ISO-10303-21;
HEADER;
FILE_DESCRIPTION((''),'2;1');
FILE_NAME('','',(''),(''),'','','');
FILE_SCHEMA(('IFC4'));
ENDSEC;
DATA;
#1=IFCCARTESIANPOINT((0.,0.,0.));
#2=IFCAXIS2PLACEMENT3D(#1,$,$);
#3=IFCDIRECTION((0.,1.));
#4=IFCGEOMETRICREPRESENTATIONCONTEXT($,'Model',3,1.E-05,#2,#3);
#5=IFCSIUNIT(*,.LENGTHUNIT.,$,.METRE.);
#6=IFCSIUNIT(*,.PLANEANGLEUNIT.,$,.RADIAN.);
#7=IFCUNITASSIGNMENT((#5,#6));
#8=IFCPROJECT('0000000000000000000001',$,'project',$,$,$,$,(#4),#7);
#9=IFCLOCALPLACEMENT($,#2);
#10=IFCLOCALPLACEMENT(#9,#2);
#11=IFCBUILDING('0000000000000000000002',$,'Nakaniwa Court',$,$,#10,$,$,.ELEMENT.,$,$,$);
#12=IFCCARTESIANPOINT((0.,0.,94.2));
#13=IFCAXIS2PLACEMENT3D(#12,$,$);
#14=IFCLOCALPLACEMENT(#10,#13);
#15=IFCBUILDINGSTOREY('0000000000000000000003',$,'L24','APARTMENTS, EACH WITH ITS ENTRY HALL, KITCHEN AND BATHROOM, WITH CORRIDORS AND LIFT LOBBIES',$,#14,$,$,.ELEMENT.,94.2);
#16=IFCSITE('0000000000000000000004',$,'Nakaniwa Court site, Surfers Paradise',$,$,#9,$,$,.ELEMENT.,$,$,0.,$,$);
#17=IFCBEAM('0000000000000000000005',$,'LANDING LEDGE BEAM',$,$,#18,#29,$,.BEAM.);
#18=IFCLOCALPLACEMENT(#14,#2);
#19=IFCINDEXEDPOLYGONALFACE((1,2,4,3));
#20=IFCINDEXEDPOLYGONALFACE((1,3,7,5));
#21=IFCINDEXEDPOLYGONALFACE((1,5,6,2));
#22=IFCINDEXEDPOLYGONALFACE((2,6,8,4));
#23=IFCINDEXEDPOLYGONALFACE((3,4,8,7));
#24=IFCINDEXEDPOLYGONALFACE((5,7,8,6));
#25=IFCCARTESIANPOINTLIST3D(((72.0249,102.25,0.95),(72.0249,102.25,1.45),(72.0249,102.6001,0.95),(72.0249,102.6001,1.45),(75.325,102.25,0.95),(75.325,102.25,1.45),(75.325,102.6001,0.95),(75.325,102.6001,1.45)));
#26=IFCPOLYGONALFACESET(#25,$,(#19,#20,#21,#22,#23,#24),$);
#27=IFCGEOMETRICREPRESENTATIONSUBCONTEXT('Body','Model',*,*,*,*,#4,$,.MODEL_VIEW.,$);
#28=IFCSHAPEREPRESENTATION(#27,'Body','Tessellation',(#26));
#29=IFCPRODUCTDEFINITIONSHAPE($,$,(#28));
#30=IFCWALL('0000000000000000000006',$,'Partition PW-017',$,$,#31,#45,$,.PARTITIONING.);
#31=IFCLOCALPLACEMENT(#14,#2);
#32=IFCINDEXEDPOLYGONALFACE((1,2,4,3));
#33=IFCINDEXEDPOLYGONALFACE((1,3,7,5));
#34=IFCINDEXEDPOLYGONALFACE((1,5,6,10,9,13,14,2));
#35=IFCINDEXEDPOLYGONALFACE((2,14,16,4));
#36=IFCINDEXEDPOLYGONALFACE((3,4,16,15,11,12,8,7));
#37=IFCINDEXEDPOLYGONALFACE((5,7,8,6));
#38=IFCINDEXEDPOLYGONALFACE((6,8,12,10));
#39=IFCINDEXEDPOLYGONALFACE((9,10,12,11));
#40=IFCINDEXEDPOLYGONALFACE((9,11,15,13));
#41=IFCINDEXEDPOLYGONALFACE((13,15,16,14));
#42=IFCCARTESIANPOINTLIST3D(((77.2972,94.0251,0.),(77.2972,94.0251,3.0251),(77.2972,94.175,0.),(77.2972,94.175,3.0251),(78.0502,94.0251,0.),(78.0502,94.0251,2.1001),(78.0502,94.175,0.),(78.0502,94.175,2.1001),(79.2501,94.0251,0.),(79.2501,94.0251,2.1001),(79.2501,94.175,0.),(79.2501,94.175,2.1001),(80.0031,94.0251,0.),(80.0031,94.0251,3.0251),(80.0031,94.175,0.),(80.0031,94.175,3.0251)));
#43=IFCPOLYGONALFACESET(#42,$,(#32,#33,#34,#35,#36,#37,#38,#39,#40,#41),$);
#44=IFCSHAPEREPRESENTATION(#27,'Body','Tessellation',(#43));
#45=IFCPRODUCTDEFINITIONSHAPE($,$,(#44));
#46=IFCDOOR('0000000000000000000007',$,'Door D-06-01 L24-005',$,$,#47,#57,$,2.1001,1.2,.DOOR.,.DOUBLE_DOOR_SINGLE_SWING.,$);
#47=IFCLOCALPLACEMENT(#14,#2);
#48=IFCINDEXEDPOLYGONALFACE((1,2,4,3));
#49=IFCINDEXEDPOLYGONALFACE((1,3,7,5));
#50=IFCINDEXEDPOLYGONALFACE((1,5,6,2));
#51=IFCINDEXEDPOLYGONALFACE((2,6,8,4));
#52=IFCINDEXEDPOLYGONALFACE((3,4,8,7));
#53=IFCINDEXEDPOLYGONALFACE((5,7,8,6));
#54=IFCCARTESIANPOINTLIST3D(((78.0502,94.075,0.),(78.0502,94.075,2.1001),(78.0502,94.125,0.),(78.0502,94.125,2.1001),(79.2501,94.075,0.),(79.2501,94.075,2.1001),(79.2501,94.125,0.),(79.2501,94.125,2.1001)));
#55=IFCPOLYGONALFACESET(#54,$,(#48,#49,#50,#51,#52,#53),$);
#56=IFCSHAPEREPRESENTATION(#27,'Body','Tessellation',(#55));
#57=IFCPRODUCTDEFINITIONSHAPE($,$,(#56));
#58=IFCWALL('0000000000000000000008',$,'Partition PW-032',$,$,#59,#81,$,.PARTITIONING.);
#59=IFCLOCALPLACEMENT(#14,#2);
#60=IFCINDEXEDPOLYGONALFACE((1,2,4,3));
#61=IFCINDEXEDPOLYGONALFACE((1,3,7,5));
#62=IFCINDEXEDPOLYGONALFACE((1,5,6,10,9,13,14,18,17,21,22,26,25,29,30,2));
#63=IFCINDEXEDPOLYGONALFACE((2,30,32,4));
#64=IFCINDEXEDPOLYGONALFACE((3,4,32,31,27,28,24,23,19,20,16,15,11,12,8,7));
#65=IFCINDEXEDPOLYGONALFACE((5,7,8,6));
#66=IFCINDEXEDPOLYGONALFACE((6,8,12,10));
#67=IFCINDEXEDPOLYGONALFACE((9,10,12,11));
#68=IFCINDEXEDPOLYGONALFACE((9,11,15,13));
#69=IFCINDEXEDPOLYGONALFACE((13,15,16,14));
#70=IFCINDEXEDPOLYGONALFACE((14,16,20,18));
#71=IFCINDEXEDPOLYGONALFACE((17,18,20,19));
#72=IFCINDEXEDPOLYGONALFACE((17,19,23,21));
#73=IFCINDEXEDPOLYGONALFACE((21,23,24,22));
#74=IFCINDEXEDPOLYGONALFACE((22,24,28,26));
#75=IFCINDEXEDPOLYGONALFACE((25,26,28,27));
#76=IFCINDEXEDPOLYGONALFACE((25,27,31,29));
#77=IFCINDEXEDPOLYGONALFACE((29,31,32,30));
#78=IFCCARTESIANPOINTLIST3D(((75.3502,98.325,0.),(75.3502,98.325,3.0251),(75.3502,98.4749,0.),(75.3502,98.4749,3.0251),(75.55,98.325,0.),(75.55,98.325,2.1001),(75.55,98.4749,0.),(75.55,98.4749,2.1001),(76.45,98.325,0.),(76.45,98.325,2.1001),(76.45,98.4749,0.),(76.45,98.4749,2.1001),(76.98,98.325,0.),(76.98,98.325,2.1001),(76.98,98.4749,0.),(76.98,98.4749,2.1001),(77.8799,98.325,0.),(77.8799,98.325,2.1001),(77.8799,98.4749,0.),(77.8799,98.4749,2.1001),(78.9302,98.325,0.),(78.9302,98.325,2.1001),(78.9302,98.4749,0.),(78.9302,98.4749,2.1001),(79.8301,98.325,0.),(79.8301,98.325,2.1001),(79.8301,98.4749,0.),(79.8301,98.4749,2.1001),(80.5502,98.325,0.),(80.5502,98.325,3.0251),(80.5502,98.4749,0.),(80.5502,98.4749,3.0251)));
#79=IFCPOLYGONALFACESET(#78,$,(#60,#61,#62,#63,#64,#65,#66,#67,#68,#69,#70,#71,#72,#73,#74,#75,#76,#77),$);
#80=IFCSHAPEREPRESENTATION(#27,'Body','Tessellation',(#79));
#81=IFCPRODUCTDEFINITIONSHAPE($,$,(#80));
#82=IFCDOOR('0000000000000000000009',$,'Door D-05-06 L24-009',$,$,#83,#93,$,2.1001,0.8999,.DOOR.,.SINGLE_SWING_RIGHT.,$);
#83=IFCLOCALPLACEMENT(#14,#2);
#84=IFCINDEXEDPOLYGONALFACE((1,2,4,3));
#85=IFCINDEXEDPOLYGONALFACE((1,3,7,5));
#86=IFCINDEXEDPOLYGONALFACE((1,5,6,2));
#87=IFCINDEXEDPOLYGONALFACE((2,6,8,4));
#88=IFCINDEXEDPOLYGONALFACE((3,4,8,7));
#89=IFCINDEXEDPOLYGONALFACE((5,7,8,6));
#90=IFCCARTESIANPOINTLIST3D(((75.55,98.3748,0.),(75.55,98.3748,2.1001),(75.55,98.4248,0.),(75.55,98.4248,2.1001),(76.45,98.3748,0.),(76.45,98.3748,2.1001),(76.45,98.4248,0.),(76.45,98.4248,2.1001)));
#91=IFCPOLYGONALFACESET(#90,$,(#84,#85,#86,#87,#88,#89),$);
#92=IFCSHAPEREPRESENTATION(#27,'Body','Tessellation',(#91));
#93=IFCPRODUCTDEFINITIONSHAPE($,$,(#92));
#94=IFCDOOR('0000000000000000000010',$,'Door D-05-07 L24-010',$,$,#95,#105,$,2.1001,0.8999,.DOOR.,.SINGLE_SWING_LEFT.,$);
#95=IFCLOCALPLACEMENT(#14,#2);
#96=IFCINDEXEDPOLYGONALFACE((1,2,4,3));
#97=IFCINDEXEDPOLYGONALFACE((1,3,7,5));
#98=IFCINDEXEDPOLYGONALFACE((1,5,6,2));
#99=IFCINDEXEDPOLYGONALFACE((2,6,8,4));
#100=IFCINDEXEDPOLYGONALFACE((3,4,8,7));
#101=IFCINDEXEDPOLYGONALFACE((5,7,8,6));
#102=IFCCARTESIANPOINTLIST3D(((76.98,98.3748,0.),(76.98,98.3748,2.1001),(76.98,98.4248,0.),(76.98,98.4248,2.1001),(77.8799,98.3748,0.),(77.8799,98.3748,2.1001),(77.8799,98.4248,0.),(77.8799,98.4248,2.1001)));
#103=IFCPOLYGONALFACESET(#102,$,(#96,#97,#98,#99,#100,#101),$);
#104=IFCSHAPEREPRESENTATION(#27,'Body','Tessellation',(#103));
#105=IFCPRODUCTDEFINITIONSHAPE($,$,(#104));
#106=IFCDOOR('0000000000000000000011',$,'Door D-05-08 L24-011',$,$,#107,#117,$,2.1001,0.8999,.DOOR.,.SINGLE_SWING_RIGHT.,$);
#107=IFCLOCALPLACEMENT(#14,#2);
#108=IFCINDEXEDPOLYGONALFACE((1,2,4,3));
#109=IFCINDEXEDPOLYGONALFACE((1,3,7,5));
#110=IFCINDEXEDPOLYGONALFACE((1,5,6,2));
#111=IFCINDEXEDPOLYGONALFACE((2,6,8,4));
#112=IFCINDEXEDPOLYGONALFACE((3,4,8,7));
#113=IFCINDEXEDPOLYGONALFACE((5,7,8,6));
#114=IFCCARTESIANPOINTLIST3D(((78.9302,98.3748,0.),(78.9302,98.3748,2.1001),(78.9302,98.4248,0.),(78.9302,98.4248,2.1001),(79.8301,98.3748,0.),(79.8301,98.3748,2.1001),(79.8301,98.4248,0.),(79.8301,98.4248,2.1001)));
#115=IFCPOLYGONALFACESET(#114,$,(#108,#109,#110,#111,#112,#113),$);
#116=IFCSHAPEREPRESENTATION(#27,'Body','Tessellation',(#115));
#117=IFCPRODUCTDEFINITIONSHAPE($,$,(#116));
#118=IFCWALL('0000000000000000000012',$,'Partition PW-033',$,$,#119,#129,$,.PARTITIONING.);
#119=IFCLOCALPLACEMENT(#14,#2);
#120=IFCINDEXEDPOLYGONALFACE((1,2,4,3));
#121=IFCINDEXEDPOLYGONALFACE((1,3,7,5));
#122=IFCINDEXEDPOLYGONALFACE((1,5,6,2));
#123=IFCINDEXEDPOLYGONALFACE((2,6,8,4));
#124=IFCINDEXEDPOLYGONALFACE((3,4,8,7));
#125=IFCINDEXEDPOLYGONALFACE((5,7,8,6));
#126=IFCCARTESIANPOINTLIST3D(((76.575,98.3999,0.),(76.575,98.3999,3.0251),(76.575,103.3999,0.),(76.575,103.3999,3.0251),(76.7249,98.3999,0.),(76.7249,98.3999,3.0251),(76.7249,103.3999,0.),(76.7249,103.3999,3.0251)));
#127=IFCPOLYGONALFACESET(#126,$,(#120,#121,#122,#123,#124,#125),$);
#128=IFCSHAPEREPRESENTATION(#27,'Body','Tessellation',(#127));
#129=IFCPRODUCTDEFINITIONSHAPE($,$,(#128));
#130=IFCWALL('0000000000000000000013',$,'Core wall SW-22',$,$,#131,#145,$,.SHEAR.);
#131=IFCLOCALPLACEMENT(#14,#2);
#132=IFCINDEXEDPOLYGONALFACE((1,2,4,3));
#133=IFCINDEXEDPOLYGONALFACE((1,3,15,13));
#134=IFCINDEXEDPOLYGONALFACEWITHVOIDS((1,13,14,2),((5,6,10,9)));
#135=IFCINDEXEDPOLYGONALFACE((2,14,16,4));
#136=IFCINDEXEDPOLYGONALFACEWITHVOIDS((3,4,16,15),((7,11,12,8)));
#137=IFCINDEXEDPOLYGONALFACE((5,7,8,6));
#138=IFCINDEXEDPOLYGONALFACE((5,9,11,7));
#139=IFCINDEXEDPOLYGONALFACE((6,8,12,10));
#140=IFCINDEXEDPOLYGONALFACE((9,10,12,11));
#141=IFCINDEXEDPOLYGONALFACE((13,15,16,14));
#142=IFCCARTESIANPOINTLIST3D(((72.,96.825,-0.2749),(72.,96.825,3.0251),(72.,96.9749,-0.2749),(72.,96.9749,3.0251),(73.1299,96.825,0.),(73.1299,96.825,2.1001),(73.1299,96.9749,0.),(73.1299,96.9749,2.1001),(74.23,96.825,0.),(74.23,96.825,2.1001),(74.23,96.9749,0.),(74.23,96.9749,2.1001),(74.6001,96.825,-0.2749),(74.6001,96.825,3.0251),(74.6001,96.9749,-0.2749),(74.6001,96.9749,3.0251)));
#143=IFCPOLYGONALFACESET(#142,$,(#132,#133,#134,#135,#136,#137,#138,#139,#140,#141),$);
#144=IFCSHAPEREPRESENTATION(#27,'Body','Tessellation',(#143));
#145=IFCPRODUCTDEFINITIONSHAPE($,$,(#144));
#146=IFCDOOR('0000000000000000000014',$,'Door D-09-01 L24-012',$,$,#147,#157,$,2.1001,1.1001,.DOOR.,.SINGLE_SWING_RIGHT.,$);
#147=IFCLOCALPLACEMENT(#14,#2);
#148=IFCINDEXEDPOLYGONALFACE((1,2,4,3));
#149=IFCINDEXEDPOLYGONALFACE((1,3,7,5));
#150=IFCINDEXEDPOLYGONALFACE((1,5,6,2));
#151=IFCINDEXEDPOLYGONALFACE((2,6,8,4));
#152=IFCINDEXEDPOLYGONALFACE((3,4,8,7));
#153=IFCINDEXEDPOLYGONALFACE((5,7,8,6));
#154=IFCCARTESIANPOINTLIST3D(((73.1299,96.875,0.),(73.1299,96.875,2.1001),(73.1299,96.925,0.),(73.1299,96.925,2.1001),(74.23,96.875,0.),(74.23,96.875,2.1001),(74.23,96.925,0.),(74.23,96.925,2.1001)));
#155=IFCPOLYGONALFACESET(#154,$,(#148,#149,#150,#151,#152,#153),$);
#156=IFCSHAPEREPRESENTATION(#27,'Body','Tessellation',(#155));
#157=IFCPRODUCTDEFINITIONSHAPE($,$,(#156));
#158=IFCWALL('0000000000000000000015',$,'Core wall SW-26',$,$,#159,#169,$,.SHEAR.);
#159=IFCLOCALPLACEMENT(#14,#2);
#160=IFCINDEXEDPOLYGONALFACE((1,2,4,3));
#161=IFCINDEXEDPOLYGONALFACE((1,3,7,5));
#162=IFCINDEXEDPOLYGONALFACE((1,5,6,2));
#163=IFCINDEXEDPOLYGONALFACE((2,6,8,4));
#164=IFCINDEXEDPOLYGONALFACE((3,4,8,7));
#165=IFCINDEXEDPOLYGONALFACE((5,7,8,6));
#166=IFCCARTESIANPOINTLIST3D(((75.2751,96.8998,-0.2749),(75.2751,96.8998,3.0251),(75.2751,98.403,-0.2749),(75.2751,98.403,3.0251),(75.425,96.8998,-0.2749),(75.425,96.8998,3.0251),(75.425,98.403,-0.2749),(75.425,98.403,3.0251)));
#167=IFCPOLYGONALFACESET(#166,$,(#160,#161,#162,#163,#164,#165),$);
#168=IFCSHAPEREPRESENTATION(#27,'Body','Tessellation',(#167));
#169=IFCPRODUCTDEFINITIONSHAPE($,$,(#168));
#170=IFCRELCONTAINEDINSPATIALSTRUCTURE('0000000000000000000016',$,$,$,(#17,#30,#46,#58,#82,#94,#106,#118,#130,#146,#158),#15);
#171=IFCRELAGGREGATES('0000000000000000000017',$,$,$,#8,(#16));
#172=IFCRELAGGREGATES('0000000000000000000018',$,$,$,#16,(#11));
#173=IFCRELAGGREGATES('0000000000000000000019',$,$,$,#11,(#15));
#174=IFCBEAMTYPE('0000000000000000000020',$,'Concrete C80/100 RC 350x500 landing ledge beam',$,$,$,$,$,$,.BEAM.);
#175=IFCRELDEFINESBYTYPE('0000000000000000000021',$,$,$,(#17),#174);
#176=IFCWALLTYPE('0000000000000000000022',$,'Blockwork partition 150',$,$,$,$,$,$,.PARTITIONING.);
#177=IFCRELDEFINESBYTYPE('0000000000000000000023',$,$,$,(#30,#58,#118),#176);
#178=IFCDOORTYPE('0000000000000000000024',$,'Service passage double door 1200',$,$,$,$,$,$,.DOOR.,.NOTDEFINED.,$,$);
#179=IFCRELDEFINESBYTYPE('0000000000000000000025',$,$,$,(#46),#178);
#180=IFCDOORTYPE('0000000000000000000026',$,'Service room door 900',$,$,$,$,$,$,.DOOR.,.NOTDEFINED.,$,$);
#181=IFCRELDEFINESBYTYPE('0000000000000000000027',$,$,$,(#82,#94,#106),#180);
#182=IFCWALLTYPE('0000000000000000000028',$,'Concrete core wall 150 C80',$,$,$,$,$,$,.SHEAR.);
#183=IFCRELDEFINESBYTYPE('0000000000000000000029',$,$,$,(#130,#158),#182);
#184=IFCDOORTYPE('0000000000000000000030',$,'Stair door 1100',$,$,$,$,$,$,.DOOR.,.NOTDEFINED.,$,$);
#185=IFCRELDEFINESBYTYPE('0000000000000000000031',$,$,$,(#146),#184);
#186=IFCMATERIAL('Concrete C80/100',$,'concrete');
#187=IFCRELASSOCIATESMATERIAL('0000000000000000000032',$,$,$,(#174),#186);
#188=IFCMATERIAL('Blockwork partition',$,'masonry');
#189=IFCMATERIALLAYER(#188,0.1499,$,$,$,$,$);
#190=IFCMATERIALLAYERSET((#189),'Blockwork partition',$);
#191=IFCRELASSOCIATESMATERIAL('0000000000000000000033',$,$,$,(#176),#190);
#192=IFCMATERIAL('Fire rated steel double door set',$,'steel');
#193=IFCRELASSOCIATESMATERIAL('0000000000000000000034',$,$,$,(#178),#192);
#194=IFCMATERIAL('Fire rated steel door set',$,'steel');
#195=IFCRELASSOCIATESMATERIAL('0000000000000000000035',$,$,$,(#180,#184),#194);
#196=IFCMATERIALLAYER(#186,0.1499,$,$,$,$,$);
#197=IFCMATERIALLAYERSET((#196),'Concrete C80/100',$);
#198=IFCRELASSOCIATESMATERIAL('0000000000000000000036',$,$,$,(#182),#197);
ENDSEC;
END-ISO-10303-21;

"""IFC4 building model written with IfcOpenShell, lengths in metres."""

from ifc_helpers import new_model, si_unit, direction, frame, frame_2d, origin, origin_2d, place, context, subcontext, project, spatial, rectangle, extrude, material, layer, layer_set, material_profile, profile_set, type_object, element, fill, save


model = new_model("IFC4")

# Units and contexts
model_context = context("Model", 3, precision=1e-05, world=origin(), true_north=direction((0.0, 1.0)))
body_context = subcontext(model_context, "Body", "Model", "MODEL_VIEW")
ifc_project = project(units=[si_unit("LENGTHUNIT", "METRE"), si_unit("PLANEANGLEUNIT", "RADIAN")], contexts=[model_context])

# Site, building, storey
site_placement = place(None, origin())
site = spatial("IfcSite", under=ifc_project, at=site_placement, Name="Nakaniwa Court site, Surfers Paradise", CompositionType="ELEMENT", RefElevation=0.0)
building_placement = place(site_placement, origin())
building = spatial("IfcBuilding", under=site, at=building_placement, Name="Nakaniwa Court", CompositionType="ELEMENT")
storey_placement = place(building_placement, frame((0.0, 0.0, 94.2)))
storey = spatial("IfcBuildingStorey", under=building, at=storey_placement, Name="L24", Description="APARTMENTS, EACH WITH ITS ENTRY HALL, KITCHEN AND BATHROOM, WITH CORRIDORS AND LIFT LOBBIES", CompositionType="ELEMENT", Elevation=94.2)

# Beam
ifc_material_1 = material(Name="Concrete C80/100", Category="concrete")
ifc_material_profile = material_profile(ifc_material_1, rectangle(XDim=0.3501, YDim=0.5, at=origin_2d()), Name="Concrete C80/100 RC 350x500 landing ledge beam")
ifc_profile_set = profile_set([ifc_material_profile], Name="Concrete C80/100")
beam_type = type_object("IfcBeamType", Name="Concrete C80/100 RC 350x500 landing ledge beam", PredefinedType="BEAM", material=ifc_profile_set)
beam_placement = place(storey_placement, frame((72.0249, 102.425, 1.2), z_axis=(1.0, 0.0, 0.0), x_axis=(0.0, 1.0, 0.0)))
element("IfcBeam", 1, at=beam_placement, inside=storey, type_object=beam_type, Name="LANDING LEDGE BEAM", PredefinedType="BEAM", context=body_context, shape_type="SweptSolid", body=[
    extrude(rectangle(XDim=0.3501, YDim=0.5, at=origin_2d()), origin(), (0.0, 0.0, 1.0), 3.3),
])

# Wall, opening, door
ifc_material_2 = material(Name="Blockwork partition", Category="masonry")
ifc_layer_1 = layer(ifc_material_2, 0.1499)
ifc_layer_set_1 = layer_set([ifc_layer_1], Name="Blockwork partition")
wall_type_1 = type_object("IfcWallType", Name="Blockwork partition 150", PredefinedType="PARTITIONING", material=ifc_layer_set_1)
wall_1_placement = place(storey_placement, frame((77.2971, 94.1001, 0.0), z_axis=(0.0, 0.0, 1.0), x_axis=(1.0, 0.0, 0.0)))
wall_1 = element("IfcWall", 2, at=wall_1_placement, inside=storey, type_object=wall_type_1, Name="Partition PW-017", PredefinedType="PARTITIONING", context=body_context, shape_type="SweptSolid", body=[
    extrude(rectangle(XDim=2.7058, YDim=0.1499, at=frame_2d((1.353, 0.0))), origin(), (0.0, 0.0, 1.0), 3.0251),
])
opening_1_placement = place(wall_1_placement, frame((0.7529, 0.0, 0.0)))
opening_1 = element("IfcOpeningElement", 3, at=opening_1_placement, cuts=wall_1, PredefinedType="OPENING", context=body_context, shape_type="SweptSolid", body=[
    extrude(rectangle(XDim=1.2, YDim=2.1001, at=frame_2d((0.6001, 1.05))), frame((0.0, 0.085, 0.0), z_axis=(0.0, -1.0, 0.0), x_axis=(1.0, 0.0, 0.0)), (0.0, 0.0, 1.0), 0.1699),
])
ifc_material_3 = material(Name="Fire rated steel double door set", Category="steel")
door_type_1 = type_object("IfcDoorType", Name="Service passage double door 1200", OperationType="NOTDEFINED", PredefinedType="DOOR", material=ifc_material_3)
door_1_placement = place(opening_1_placement, origin())
door_1 = element("IfcDoor", 4, at=door_1_placement, inside=storey, type_object=door_type_1, Name="Door D-06-01 L24-005", OperationType="DOUBLE_DOOR_SINGLE_SWING", OverallHeight=2.1001, OverallWidth=1.2, PredefinedType="DOOR", context=body_context, shape_type="SweptSolid", body=[
    extrude(rectangle(XDim=1.2, YDim=2.1001, at=frame_2d((0.6001, 1.05))), frame((0.0, 0.0249, 0.0), z_axis=(0.0, -1.0, 0.0), x_axis=(1.0, 0.0, 0.0)), (0.0, 0.0, 1.0), 0.05),
])
fill(opening_1, door_1)

# Wall, openings, doors
wall_2_placement = place(storey_placement, frame((75.3501, 98.3999, 0.0), z_axis=(0.0, 0.0, 1.0), x_axis=(1.0, 0.0, 0.0)))
wall_2 = element("IfcWall", 5, at=wall_2_placement, inside=storey, type_object=wall_type_1, Name="Partition PW-032", PredefinedType="PARTITIONING", context=body_context, shape_type="SweptSolid", body=[
    extrude(rectangle(XDim=5.2, YDim=0.1499, at=frame_2d((2.6001, 0.0))), origin(), (0.0, 0.0, 1.0), 3.0251),
])
opening_2_placement = place(wall_2_placement, frame((0.2, 0.0, 0.0)))
opening_2 = element("IfcOpeningElement", 6, at=opening_2_placement, cuts=wall_2, PredefinedType="OPENING", context=body_context, shape_type="SweptSolid", body=[
    extrude(rectangle(XDim=0.8999, YDim=2.1001, at=frame_2d((0.45, 1.05))), frame((0.0, 0.085, 0.0), z_axis=(0.0, -1.0, 0.0), x_axis=(1.0, 0.0, 0.0)), (0.0, 0.0, 1.0), 0.1699),
])
opening_3_placement = place(wall_2_placement, frame((1.6299, 0.0, 0.0)))
opening_3 = element("IfcOpeningElement", 7, at=opening_3_placement, cuts=wall_2, PredefinedType="OPENING", context=body_context, shape_type="SweptSolid", body=[
    extrude(rectangle(XDim=0.8999, YDim=2.1001, at=frame_2d((0.45, 1.05))), frame((0.0, 0.085, 0.0), z_axis=(0.0, -1.0, 0.0), x_axis=(1.0, 0.0, 0.0)), (0.0, 0.0, 1.0), 0.1699),
])
opening_4_placement = place(wall_2_placement, frame((3.5801, 0.0, 0.0)))
opening_4 = element("IfcOpeningElement", 8, at=opening_4_placement, cuts=wall_2, PredefinedType="OPENING", context=body_context, shape_type="SweptSolid", body=[
    extrude(rectangle(XDim=0.8999, YDim=2.1001, at=frame_2d((0.45, 1.05))), frame((0.0, 0.085, 0.0), z_axis=(0.0, -1.0, 0.0), x_axis=(1.0, 0.0, 0.0)), (0.0, 0.0, 1.0), 0.1699),
])
ifc_material_4 = material(Name="Fire rated steel door set", Category="steel")
door_type_2 = type_object("IfcDoorType", Name="Service room door 900", OperationType="NOTDEFINED", PredefinedType="DOOR", material=ifc_material_4)
door_2_placement = place(opening_2_placement, origin())
door_2 = element("IfcDoor", 9, at=door_2_placement, inside=storey, type_object=door_type_2, Name="Door D-05-06 L24-009", OperationType="SINGLE_SWING_RIGHT", OverallHeight=2.1001, OverallWidth=0.8999, PredefinedType="DOOR", context=body_context, shape_type="SweptSolid", body=[
    extrude(rectangle(XDim=0.8999, YDim=2.1001, at=frame_2d((0.45, 1.05))), frame((0.0, 0.0249, 0.0), z_axis=(0.0, -1.0, 0.0), x_axis=(1.0, 0.0, 0.0)), (0.0, 0.0, 1.0), 0.05),
])
fill(opening_2, door_2)
door_3_placement = place(opening_3_placement, origin())
door_3 = element("IfcDoor", 10, at=door_3_placement, inside=storey, type_object=door_type_2, Name="Door D-05-07 L24-010", OperationType="SINGLE_SWING_LEFT", OverallHeight=2.1001, OverallWidth=0.8999, PredefinedType="DOOR", context=body_context, shape_type="SweptSolid", body=[
    extrude(rectangle(XDim=0.8999, YDim=2.1001, at=frame_2d((0.45, 1.05))), frame((0.0, 0.0249, 0.0), z_axis=(0.0, -1.0, 0.0), x_axis=(1.0, 0.0, 0.0)), (0.0, 0.0, 1.0), 0.05),
])
fill(opening_3, door_3)
door_4_placement = place(opening_4_placement, origin())
door_4 = element("IfcDoor", 11, at=door_4_placement, inside=storey, type_object=door_type_2, Name="Door D-05-08 L24-011", OperationType="SINGLE_SWING_RIGHT", OverallHeight=2.1001, OverallWidth=0.8999, PredefinedType="DOOR", context=body_context, shape_type="SweptSolid", body=[
    extrude(rectangle(XDim=0.8999, YDim=2.1001, at=frame_2d((0.45, 1.05))), frame((0.0, 0.0249, 0.0), z_axis=(0.0, -1.0, 0.0), x_axis=(1.0, 0.0, 0.0)), (0.0, 0.0, 1.0), 0.05),
])
fill(opening_4, door_4)

# Wall
wall_3_placement = place(storey_placement, frame((76.6499, 98.3999, 0.0), z_axis=(0.0, 0.0, 1.0), x_axis=(0.0, 1.0, 0.0)))
element("IfcWall", 12, at=wall_3_placement, inside=storey, type_object=wall_type_1, Name="Partition PW-033", PredefinedType="PARTITIONING", context=body_context, shape_type="SweptSolid", body=[
    extrude(rectangle(XDim=5.0, YDim=0.1499, at=frame_2d((2.5, 0.0))), origin(), (0.0, 0.0, 1.0), 3.0251),
])

# Wall, opening, door
ifc_layer_2 = layer(ifc_material_1, 0.1499)
ifc_layer_set_2 = layer_set([ifc_layer_2], Name="Concrete C80/100")
wall_type_2 = type_object("IfcWallType", Name="Concrete core wall 150 C80", PredefinedType="SHEAR", material=ifc_layer_set_2)
wall_4_placement = place(storey_placement, frame((74.6001, 96.8999, -0.2749), z_axis=(0.0, 0.0, 1.0), x_axis=(-1.0, 0.0, 0.0)))
wall_4 = element("IfcWall", 13, at=wall_4_placement, inside=storey, type_object=wall_type_2, Name="Core wall SW-22", PredefinedType="SHEAR", context=body_context, shape_type="SweptSolid", body=[
    extrude(rectangle(XDim=2.6001, YDim=0.1499, at=frame_2d((1.3, 0.0))), origin(), (0.0, 0.0, 1.0), 3.3),
])
opening_5_placement = place(wall_4_placement, frame((0.3701, 0.0, 0.2749)))
opening_5 = element("IfcOpeningElement", 14, at=opening_5_placement, cuts=wall_4, PredefinedType="OPENING", context=body_context, shape_type="SweptSolid", body=[
    extrude(rectangle(XDim=1.1001, YDim=2.1001, at=frame_2d((0.55, 1.05))), frame((0.0, 0.085, 0.0), z_axis=(0.0, -1.0, 0.0), x_axis=(1.0, 0.0, 0.0)), (0.0, 0.0, 1.0), 0.1699),
])
door_type_3 = type_object("IfcDoorType", Name="Stair door 1100", OperationType="NOTDEFINED", PredefinedType="DOOR", material=ifc_material_4)
door_5_placement = place(opening_5_placement, origin())
door_5 = element("IfcDoor", 15, at=door_5_placement, inside=storey, type_object=door_type_3, Name="Door D-09-01 L24-012", OperationType="SINGLE_SWING_RIGHT", OverallHeight=2.1001, OverallWidth=1.1001, PredefinedType="DOOR", context=body_context, shape_type="SweptSolid", body=[
    extrude(rectangle(XDim=1.1001, YDim=2.1001, at=frame_2d((0.55, 1.05))), frame((0.0, 0.0249, 0.0), z_axis=(0.0, -1.0, 0.0), x_axis=(1.0, 0.0, 0.0)), (0.0, 0.0, 1.0), 0.05),
])
fill(opening_5, door_5)

# Wall
wall_5_placement = place(storey_placement, frame((75.3501, 96.8999, -0.2749), z_axis=(0.0, 0.0, 1.0), x_axis=(0.0, 1.0, 0.0)))
element("IfcWall", 16, at=wall_5_placement, inside=storey, type_object=wall_type_2, Name="Core wall SW-26", PredefinedType="SHEAR", context=body_context, shape_type="SweptSolid", body=[
    extrude(rectangle(XDim=1.5032, YDim=0.1499, at=frame_2d((0.7515, 0.0))), origin(), (0.0, 0.0, 1.0), 3.3),
])

save(model, "model.ifc")
